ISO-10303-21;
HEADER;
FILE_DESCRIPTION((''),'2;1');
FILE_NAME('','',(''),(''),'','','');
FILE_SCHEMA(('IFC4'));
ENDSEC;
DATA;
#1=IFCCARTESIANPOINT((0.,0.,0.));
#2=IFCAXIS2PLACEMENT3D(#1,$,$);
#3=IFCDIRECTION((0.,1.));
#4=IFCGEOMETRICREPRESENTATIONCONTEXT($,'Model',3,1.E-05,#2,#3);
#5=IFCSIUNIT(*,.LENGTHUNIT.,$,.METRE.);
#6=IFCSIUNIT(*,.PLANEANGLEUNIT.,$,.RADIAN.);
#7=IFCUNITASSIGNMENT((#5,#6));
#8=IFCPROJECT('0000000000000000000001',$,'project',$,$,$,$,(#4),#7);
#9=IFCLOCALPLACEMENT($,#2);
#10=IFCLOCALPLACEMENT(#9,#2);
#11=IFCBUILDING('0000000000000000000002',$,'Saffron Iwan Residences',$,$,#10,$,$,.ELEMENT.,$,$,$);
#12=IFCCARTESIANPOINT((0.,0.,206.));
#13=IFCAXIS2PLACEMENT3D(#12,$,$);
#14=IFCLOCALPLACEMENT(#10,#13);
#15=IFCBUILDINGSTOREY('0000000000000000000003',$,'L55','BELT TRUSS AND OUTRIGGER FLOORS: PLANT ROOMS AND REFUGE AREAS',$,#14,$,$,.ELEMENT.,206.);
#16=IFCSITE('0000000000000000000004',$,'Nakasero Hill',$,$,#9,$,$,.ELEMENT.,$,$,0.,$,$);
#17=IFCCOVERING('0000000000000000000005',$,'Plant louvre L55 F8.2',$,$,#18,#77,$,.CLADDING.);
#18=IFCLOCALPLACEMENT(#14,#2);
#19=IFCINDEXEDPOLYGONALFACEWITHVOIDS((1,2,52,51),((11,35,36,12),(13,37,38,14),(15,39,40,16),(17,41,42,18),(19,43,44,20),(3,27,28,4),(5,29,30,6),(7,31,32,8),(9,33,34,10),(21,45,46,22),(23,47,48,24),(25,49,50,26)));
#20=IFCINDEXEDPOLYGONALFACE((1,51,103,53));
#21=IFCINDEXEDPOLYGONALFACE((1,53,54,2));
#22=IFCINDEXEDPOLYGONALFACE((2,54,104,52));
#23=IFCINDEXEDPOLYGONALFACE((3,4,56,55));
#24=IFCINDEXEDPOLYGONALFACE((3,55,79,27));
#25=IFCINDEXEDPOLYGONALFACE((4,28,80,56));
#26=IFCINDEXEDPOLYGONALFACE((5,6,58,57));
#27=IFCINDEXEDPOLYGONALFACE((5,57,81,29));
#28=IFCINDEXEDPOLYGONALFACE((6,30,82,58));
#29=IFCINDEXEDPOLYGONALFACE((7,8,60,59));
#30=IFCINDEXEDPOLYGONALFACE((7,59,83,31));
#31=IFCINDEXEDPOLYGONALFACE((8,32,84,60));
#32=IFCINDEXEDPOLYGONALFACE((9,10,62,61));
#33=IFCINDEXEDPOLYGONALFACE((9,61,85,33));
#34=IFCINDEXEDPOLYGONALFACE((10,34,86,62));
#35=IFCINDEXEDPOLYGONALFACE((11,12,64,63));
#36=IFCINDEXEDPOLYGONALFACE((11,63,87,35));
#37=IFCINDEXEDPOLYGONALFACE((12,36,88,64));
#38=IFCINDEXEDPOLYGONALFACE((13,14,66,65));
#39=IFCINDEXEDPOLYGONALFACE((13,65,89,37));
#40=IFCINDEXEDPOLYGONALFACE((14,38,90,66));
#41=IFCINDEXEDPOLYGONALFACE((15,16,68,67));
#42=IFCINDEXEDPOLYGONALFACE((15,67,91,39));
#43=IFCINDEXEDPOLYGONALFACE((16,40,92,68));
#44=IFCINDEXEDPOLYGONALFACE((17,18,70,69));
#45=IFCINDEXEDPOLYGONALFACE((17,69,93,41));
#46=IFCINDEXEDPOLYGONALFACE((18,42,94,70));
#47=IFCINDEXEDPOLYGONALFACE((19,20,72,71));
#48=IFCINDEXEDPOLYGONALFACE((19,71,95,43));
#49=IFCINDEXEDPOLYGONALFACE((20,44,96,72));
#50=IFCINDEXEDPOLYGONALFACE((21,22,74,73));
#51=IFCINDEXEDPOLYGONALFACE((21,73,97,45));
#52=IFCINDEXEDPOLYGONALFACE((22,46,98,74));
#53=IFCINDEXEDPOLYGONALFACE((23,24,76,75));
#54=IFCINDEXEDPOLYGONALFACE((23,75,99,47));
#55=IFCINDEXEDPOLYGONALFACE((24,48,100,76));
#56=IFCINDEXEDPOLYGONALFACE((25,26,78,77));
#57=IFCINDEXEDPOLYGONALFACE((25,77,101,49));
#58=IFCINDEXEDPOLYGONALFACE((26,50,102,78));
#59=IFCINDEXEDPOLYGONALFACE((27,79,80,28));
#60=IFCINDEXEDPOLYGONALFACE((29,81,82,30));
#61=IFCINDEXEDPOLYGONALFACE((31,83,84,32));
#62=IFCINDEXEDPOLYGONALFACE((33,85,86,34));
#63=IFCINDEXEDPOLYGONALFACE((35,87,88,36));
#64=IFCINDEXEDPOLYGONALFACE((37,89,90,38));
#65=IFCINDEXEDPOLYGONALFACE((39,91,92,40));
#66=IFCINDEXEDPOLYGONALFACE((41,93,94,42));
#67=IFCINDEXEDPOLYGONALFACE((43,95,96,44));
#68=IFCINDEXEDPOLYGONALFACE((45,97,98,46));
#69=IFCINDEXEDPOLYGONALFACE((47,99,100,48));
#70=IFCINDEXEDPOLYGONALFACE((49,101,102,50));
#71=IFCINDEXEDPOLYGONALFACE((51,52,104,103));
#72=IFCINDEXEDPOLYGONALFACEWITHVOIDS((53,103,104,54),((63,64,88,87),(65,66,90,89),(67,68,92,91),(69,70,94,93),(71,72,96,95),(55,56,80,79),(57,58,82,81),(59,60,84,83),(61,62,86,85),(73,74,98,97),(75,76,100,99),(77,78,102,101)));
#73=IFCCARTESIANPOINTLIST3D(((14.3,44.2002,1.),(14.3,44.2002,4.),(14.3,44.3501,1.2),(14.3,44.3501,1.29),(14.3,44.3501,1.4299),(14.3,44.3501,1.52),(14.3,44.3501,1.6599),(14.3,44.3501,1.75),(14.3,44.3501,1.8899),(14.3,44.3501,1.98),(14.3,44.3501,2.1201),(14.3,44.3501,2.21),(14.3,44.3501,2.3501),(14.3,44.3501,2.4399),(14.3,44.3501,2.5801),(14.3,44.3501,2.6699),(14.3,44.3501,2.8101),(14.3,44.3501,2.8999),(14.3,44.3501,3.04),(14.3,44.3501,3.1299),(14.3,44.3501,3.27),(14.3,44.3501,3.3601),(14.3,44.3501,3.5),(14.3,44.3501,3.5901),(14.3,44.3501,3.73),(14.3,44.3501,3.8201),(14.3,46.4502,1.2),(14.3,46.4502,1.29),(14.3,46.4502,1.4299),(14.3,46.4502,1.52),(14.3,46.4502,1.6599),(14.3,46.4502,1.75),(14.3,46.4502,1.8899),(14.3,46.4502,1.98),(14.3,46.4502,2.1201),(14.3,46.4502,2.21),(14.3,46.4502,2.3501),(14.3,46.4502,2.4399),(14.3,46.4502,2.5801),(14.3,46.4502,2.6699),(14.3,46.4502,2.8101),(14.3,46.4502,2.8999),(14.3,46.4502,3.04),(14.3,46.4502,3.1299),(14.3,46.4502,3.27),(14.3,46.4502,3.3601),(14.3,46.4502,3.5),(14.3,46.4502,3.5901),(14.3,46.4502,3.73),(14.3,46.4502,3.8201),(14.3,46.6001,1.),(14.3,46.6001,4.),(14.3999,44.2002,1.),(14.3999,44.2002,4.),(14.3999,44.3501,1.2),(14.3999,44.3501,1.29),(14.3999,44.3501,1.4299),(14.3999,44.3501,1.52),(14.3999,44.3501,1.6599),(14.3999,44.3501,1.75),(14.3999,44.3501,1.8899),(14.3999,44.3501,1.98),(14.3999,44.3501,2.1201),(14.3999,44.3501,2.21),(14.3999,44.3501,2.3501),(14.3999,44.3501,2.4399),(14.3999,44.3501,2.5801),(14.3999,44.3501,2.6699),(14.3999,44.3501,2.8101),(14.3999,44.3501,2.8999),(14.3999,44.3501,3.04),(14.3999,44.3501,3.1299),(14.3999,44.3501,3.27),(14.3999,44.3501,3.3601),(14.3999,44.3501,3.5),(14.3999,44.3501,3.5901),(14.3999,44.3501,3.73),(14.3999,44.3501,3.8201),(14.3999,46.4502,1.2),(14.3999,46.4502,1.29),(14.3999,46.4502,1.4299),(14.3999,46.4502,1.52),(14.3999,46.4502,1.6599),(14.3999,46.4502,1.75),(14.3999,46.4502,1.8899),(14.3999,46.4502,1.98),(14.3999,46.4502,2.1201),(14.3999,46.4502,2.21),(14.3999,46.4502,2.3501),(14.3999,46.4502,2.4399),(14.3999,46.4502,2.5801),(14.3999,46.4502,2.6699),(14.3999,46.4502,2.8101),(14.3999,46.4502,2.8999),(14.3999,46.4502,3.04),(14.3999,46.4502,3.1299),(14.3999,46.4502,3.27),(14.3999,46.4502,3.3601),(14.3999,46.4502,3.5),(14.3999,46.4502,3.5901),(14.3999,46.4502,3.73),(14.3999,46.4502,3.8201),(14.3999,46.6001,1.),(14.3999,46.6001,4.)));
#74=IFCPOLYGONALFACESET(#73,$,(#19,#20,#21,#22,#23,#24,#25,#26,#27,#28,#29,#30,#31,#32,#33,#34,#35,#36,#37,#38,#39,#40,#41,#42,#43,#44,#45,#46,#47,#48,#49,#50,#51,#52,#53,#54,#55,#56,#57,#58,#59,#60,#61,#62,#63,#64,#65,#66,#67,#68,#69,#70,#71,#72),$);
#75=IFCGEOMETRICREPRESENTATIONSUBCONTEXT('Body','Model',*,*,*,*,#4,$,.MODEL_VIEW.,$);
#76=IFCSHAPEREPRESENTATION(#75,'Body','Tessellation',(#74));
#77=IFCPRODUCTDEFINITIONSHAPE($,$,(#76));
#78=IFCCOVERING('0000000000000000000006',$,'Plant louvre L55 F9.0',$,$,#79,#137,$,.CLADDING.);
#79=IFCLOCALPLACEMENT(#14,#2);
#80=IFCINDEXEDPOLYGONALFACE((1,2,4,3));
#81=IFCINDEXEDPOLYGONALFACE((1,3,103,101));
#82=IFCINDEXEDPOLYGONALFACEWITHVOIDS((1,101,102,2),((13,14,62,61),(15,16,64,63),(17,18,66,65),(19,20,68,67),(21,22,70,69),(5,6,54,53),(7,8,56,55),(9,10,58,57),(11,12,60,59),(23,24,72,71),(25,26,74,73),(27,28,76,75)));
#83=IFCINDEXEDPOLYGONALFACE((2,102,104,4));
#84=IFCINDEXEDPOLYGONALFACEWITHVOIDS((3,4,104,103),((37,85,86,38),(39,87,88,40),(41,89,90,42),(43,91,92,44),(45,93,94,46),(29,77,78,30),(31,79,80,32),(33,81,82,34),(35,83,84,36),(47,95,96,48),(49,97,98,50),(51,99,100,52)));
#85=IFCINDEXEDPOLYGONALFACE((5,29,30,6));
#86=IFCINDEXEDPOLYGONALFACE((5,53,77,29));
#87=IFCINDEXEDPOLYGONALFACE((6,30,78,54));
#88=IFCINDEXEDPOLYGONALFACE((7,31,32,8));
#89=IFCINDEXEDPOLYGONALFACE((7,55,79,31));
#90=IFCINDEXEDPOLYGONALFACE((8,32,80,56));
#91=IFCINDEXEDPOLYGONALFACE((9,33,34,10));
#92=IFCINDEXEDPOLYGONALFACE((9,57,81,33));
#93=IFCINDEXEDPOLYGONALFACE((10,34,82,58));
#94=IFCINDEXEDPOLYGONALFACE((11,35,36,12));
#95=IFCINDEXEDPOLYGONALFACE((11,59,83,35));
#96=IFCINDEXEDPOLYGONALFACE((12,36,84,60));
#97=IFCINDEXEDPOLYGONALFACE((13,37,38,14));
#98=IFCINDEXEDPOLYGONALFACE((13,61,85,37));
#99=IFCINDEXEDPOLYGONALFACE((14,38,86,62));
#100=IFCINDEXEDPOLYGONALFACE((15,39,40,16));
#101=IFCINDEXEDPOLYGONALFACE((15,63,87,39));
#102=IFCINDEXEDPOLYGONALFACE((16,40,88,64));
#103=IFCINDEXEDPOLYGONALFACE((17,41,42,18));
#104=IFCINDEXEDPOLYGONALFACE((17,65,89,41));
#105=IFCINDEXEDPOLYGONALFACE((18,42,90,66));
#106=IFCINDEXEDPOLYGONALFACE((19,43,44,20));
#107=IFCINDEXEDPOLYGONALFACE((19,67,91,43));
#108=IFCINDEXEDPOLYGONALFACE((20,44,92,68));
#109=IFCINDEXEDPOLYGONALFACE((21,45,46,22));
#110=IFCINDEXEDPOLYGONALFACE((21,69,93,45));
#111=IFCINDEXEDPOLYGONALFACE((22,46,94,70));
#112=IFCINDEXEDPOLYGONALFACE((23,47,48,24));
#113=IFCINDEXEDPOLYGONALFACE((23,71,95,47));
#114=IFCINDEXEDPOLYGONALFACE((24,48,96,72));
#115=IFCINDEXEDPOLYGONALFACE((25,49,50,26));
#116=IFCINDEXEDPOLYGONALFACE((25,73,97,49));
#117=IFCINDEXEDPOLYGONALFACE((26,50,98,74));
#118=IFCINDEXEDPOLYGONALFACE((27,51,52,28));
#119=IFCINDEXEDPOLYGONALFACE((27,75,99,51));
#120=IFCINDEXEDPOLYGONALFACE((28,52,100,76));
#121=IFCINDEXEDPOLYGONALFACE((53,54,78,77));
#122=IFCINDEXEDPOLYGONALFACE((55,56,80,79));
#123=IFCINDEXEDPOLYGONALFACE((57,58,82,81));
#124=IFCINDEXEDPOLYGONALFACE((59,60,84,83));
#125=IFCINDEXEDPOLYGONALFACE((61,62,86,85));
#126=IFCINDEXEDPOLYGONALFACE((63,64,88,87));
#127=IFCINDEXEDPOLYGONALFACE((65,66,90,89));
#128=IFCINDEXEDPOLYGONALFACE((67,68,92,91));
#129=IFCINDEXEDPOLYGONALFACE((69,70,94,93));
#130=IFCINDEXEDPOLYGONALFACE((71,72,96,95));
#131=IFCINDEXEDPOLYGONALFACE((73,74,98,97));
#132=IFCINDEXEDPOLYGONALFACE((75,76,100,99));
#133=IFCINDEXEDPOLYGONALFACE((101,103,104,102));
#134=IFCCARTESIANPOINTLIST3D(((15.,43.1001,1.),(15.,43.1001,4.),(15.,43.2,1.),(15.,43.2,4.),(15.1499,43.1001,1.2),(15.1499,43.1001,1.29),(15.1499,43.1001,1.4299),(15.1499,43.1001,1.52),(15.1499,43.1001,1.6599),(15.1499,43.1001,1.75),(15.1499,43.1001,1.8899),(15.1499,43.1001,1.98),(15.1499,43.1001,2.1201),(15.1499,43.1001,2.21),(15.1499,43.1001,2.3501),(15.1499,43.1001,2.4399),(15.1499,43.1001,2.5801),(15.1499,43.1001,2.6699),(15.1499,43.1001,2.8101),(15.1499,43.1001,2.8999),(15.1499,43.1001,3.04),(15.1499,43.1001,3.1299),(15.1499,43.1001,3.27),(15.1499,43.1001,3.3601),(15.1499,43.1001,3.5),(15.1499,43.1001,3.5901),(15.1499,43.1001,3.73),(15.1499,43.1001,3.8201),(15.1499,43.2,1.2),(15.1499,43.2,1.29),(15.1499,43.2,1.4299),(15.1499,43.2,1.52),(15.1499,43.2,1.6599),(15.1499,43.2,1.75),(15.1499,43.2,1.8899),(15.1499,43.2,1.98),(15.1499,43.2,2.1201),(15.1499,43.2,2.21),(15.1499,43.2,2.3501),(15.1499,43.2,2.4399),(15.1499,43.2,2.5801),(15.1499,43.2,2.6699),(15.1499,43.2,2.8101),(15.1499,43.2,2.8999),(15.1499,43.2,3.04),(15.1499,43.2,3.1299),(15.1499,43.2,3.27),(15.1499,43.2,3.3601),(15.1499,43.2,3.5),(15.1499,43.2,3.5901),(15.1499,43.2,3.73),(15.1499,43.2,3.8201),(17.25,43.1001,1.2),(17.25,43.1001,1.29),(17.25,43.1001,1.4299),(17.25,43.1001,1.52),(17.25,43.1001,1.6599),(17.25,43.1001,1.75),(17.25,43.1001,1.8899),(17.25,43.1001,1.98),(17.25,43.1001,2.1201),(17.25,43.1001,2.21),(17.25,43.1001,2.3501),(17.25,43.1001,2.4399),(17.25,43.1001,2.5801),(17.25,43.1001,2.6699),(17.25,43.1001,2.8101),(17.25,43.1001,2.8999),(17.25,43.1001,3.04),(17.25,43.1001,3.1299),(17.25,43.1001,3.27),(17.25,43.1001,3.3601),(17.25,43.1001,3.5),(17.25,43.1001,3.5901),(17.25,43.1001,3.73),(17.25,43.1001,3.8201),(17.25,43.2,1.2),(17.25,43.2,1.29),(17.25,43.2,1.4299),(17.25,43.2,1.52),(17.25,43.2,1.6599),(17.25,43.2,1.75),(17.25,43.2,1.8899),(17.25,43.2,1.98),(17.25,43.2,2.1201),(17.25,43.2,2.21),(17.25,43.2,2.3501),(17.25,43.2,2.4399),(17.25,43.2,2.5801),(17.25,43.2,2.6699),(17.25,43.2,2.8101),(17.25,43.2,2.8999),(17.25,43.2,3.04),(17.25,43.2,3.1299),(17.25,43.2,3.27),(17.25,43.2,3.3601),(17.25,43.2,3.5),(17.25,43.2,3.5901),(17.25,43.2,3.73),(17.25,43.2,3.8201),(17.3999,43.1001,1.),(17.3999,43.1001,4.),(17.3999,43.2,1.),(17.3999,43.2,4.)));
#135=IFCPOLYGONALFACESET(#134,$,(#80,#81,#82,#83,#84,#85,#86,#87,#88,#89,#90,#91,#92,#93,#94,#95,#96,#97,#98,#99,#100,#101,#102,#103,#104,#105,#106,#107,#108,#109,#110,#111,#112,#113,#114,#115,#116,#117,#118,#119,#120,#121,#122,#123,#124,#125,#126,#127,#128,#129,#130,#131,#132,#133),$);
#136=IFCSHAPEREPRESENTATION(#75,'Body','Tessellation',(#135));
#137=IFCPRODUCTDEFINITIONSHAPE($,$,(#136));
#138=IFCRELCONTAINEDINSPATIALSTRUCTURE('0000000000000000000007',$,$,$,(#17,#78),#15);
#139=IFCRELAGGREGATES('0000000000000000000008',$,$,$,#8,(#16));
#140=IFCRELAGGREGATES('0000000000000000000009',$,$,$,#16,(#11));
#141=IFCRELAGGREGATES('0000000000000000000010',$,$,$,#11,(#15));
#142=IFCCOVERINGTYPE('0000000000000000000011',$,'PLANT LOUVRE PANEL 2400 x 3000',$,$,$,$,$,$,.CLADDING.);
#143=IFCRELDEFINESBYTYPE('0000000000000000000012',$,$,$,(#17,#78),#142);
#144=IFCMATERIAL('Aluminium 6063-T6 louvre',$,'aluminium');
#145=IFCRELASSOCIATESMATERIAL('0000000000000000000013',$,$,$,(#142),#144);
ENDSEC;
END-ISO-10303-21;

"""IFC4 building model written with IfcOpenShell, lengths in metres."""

from ifc_helpers import new_model, si_unit, direction, frame, origin, place, context, subcontext, project, spatial, polyline, outline, extrude, material, type_object, element, save


model = new_model("IFC4")

# Units and contexts
model_context = context("Model", 3, precision=1e-05, world=origin(), true_north=direction((0.0, 1.0)))
body_context = subcontext(model_context, "Body", "Model", "MODEL_VIEW")
ifc_project = project(units=[si_unit("LENGTHUNIT", "METRE"), si_unit("PLANEANGLEUNIT", "RADIAN")], contexts=[model_context])

# Site, building, storey
site_placement = place(None, origin())
site = spatial("IfcSite", under=ifc_project, at=site_placement, Name="Nakasero Hill", CompositionType="ELEMENT", RefElevation=0.0)
building_placement = place(site_placement, origin())
building = spatial("IfcBuilding", under=site, at=building_placement, Name="Saffron Iwan Residences", CompositionType="ELEMENT")
storey_placement = place(building_placement, frame((0.0, 0.0, 206.0)))
storey = spatial("IfcBuildingStorey", under=building, at=storey_placement, Name="L55", Description="BELT TRUSS AND OUTRIGGER FLOORS: PLANT ROOMS AND REFUGE AREAS", CompositionType="ELEMENT", Elevation=206.0)

# Coverings
ifc_material_1 = material(Name="Aluminium 6063-T6 louvre", Category="aluminium")
covering_type_1 = type_object("IfcCoveringType", Name="PLANT LOUVRE PANEL 2400 x 3000", PredefinedType="CLADDING", material=ifc_material_1)
covering_1_placement = place(storey_placement, frame((14.3999, 46.6001, 1.0), z_axis=(-1.0, 0.0, 0.0), x_axis=(0.0, -1.0, 0.0)))
element("IfcCovering", 1, at=covering_1_placement, inside=storey, type_object=covering_type_1, Name="Plant louvre L55 F8.2", PredefinedType="CLADDING", context=body_context, shape_type="SweptSolid", body=[
    extrude(outline(polyline([(0.0, 0.0), (2.3999, 0.0), (2.3999, 3.0), (0.0, 3.0), (0.0, 0.0)]), holes=[polyline([(0.1499, 0.2), (2.25, 0.2), (2.25, 0.29), (0.1499, 0.29), (0.1499, 0.2)]), polyline([(0.1499, 0.4299), (2.25, 0.4299), (2.25, 0.52), (0.1499, 0.52), (0.1499, 0.4299)]), polyline([(0.1499, 0.6599), (2.25, 0.6599), (2.25, 0.75), (0.1499, 0.75), (0.1499, 0.6599)]), polyline([(0.1499, 0.8899), (2.25, 0.8899), (2.25, 0.98), (0.1499, 0.98), (0.1499, 0.8899)]), polyline([(0.1499, 1.1201), (2.25, 1.1201), (2.25, 1.21), (0.1499, 1.21), (0.1499, 1.1201)]), polyline([(0.1499, 1.3501), (2.25, 1.3501), (2.25, 1.4399), (0.1499, 1.4399), (0.1499, 1.3501)]), polyline([(0.1499, 1.5801), (2.25, 1.5801), (2.25, 1.6699), (0.1499, 1.6699), (0.1499, 1.5801)]), polyline([(0.1499, 1.8101), (2.25, 1.8101), (2.25, 1.8999), (0.1499, 1.8999), (0.1499, 1.8101)]), polyline([(0.1499, 2.04), (2.25, 2.04), (2.25, 2.1299), (0.1499, 2.1299), (0.1499, 2.04)]), polyline([(0.1499, 2.27), (2.25, 2.27), (2.25, 2.3601), (0.1499, 2.3601), (0.1499, 2.27)]), polyline([(0.1499, 2.5), (2.25, 2.5), (2.25, 2.5901), (0.1499, 2.5901), (0.1499, 2.5)]), polyline([(0.1499, 2.73), (2.25, 2.73), (2.25, 2.8201), (0.1499, 2.8201), (0.1499, 2.73)])]), origin(), (0.0, 0.0, 1.0), 0.0999),
])
covering_2_placement = place(storey_placement, frame((15.0, 43.2, 1.0), z_axis=(0.0, -1.0, 0.0), x_axis=(1.0, 0.0, 0.0)))
element("IfcCovering", 2, at=covering_2_placement, inside=storey, type_object=covering_type_1, Name="Plant louvre L55 F9.0", PredefinedType="CLADDING", context=body_context, shape_type="SweptSolid", body=[
    extrude(outline(polyline([(0.0, 0.0), (2.3999, 0.0), (2.3999, 3.0), (0.0, 3.0), (0.0, 0.0)]), holes=[polyline([(0.1499, 0.2), (2.25, 0.2), (2.25, 0.29), (0.1499, 0.29), (0.1499, 0.2)]), polyline([(0.1499, 0.4299), (2.25, 0.4299), (2.25, 0.52), (0.1499, 0.52), (0.1499, 0.4299)]), polyline([(0.1499, 0.6599), (2.25, 0.6599), (2.25, 0.75), (0.1499, 0.75), (0.1499, 0.6599)]), polyline([(0.1499, 0.8899), (2.25, 0.8899), (2.25, 0.98), (0.1499, 0.98), (0.1499, 0.8899)]), polyline([(0.1499, 1.1201), (2.25, 1.1201), (2.25, 1.21), (0.1499, 1.21), (0.1499, 1.1201)]), polyline([(0.1499, 1.3501), (2.25, 1.3501), (2.25, 1.4399), (0.1499, 1.4399), (0.1499, 1.3501)]), polyline([(0.1499, 1.5801), (2.25, 1.5801), (2.25, 1.6699), (0.1499, 1.6699), (0.1499, 1.5801)]), polyline([(0.1499, 1.8101), (2.25, 1.8101), (2.25, 1.8999), (0.1499, 1.8999), (0.1499, 1.8101)]), polyline([(0.1499, 2.04), (2.25, 2.04), (2.25, 2.1299), (0.1499, 2.1299), (0.1499, 2.04)]), polyline([(0.1499, 2.27), (2.25, 2.27), (2.25, 2.3601), (0.1499, 2.3601), (0.1499, 2.27)]), polyline([(0.1499, 2.5), (2.25, 2.5), (2.25, 2.5901), (0.1499, 2.5901), (0.1499, 2.5)]), polyline([(0.1499, 2.73), (2.25, 2.73), (2.25, 2.8201), (0.1499, 2.8201), (0.1499, 2.73)])]), origin(), (0.0, 0.0, 1.0), 0.0999),
])

save(model, "model.ifc")
